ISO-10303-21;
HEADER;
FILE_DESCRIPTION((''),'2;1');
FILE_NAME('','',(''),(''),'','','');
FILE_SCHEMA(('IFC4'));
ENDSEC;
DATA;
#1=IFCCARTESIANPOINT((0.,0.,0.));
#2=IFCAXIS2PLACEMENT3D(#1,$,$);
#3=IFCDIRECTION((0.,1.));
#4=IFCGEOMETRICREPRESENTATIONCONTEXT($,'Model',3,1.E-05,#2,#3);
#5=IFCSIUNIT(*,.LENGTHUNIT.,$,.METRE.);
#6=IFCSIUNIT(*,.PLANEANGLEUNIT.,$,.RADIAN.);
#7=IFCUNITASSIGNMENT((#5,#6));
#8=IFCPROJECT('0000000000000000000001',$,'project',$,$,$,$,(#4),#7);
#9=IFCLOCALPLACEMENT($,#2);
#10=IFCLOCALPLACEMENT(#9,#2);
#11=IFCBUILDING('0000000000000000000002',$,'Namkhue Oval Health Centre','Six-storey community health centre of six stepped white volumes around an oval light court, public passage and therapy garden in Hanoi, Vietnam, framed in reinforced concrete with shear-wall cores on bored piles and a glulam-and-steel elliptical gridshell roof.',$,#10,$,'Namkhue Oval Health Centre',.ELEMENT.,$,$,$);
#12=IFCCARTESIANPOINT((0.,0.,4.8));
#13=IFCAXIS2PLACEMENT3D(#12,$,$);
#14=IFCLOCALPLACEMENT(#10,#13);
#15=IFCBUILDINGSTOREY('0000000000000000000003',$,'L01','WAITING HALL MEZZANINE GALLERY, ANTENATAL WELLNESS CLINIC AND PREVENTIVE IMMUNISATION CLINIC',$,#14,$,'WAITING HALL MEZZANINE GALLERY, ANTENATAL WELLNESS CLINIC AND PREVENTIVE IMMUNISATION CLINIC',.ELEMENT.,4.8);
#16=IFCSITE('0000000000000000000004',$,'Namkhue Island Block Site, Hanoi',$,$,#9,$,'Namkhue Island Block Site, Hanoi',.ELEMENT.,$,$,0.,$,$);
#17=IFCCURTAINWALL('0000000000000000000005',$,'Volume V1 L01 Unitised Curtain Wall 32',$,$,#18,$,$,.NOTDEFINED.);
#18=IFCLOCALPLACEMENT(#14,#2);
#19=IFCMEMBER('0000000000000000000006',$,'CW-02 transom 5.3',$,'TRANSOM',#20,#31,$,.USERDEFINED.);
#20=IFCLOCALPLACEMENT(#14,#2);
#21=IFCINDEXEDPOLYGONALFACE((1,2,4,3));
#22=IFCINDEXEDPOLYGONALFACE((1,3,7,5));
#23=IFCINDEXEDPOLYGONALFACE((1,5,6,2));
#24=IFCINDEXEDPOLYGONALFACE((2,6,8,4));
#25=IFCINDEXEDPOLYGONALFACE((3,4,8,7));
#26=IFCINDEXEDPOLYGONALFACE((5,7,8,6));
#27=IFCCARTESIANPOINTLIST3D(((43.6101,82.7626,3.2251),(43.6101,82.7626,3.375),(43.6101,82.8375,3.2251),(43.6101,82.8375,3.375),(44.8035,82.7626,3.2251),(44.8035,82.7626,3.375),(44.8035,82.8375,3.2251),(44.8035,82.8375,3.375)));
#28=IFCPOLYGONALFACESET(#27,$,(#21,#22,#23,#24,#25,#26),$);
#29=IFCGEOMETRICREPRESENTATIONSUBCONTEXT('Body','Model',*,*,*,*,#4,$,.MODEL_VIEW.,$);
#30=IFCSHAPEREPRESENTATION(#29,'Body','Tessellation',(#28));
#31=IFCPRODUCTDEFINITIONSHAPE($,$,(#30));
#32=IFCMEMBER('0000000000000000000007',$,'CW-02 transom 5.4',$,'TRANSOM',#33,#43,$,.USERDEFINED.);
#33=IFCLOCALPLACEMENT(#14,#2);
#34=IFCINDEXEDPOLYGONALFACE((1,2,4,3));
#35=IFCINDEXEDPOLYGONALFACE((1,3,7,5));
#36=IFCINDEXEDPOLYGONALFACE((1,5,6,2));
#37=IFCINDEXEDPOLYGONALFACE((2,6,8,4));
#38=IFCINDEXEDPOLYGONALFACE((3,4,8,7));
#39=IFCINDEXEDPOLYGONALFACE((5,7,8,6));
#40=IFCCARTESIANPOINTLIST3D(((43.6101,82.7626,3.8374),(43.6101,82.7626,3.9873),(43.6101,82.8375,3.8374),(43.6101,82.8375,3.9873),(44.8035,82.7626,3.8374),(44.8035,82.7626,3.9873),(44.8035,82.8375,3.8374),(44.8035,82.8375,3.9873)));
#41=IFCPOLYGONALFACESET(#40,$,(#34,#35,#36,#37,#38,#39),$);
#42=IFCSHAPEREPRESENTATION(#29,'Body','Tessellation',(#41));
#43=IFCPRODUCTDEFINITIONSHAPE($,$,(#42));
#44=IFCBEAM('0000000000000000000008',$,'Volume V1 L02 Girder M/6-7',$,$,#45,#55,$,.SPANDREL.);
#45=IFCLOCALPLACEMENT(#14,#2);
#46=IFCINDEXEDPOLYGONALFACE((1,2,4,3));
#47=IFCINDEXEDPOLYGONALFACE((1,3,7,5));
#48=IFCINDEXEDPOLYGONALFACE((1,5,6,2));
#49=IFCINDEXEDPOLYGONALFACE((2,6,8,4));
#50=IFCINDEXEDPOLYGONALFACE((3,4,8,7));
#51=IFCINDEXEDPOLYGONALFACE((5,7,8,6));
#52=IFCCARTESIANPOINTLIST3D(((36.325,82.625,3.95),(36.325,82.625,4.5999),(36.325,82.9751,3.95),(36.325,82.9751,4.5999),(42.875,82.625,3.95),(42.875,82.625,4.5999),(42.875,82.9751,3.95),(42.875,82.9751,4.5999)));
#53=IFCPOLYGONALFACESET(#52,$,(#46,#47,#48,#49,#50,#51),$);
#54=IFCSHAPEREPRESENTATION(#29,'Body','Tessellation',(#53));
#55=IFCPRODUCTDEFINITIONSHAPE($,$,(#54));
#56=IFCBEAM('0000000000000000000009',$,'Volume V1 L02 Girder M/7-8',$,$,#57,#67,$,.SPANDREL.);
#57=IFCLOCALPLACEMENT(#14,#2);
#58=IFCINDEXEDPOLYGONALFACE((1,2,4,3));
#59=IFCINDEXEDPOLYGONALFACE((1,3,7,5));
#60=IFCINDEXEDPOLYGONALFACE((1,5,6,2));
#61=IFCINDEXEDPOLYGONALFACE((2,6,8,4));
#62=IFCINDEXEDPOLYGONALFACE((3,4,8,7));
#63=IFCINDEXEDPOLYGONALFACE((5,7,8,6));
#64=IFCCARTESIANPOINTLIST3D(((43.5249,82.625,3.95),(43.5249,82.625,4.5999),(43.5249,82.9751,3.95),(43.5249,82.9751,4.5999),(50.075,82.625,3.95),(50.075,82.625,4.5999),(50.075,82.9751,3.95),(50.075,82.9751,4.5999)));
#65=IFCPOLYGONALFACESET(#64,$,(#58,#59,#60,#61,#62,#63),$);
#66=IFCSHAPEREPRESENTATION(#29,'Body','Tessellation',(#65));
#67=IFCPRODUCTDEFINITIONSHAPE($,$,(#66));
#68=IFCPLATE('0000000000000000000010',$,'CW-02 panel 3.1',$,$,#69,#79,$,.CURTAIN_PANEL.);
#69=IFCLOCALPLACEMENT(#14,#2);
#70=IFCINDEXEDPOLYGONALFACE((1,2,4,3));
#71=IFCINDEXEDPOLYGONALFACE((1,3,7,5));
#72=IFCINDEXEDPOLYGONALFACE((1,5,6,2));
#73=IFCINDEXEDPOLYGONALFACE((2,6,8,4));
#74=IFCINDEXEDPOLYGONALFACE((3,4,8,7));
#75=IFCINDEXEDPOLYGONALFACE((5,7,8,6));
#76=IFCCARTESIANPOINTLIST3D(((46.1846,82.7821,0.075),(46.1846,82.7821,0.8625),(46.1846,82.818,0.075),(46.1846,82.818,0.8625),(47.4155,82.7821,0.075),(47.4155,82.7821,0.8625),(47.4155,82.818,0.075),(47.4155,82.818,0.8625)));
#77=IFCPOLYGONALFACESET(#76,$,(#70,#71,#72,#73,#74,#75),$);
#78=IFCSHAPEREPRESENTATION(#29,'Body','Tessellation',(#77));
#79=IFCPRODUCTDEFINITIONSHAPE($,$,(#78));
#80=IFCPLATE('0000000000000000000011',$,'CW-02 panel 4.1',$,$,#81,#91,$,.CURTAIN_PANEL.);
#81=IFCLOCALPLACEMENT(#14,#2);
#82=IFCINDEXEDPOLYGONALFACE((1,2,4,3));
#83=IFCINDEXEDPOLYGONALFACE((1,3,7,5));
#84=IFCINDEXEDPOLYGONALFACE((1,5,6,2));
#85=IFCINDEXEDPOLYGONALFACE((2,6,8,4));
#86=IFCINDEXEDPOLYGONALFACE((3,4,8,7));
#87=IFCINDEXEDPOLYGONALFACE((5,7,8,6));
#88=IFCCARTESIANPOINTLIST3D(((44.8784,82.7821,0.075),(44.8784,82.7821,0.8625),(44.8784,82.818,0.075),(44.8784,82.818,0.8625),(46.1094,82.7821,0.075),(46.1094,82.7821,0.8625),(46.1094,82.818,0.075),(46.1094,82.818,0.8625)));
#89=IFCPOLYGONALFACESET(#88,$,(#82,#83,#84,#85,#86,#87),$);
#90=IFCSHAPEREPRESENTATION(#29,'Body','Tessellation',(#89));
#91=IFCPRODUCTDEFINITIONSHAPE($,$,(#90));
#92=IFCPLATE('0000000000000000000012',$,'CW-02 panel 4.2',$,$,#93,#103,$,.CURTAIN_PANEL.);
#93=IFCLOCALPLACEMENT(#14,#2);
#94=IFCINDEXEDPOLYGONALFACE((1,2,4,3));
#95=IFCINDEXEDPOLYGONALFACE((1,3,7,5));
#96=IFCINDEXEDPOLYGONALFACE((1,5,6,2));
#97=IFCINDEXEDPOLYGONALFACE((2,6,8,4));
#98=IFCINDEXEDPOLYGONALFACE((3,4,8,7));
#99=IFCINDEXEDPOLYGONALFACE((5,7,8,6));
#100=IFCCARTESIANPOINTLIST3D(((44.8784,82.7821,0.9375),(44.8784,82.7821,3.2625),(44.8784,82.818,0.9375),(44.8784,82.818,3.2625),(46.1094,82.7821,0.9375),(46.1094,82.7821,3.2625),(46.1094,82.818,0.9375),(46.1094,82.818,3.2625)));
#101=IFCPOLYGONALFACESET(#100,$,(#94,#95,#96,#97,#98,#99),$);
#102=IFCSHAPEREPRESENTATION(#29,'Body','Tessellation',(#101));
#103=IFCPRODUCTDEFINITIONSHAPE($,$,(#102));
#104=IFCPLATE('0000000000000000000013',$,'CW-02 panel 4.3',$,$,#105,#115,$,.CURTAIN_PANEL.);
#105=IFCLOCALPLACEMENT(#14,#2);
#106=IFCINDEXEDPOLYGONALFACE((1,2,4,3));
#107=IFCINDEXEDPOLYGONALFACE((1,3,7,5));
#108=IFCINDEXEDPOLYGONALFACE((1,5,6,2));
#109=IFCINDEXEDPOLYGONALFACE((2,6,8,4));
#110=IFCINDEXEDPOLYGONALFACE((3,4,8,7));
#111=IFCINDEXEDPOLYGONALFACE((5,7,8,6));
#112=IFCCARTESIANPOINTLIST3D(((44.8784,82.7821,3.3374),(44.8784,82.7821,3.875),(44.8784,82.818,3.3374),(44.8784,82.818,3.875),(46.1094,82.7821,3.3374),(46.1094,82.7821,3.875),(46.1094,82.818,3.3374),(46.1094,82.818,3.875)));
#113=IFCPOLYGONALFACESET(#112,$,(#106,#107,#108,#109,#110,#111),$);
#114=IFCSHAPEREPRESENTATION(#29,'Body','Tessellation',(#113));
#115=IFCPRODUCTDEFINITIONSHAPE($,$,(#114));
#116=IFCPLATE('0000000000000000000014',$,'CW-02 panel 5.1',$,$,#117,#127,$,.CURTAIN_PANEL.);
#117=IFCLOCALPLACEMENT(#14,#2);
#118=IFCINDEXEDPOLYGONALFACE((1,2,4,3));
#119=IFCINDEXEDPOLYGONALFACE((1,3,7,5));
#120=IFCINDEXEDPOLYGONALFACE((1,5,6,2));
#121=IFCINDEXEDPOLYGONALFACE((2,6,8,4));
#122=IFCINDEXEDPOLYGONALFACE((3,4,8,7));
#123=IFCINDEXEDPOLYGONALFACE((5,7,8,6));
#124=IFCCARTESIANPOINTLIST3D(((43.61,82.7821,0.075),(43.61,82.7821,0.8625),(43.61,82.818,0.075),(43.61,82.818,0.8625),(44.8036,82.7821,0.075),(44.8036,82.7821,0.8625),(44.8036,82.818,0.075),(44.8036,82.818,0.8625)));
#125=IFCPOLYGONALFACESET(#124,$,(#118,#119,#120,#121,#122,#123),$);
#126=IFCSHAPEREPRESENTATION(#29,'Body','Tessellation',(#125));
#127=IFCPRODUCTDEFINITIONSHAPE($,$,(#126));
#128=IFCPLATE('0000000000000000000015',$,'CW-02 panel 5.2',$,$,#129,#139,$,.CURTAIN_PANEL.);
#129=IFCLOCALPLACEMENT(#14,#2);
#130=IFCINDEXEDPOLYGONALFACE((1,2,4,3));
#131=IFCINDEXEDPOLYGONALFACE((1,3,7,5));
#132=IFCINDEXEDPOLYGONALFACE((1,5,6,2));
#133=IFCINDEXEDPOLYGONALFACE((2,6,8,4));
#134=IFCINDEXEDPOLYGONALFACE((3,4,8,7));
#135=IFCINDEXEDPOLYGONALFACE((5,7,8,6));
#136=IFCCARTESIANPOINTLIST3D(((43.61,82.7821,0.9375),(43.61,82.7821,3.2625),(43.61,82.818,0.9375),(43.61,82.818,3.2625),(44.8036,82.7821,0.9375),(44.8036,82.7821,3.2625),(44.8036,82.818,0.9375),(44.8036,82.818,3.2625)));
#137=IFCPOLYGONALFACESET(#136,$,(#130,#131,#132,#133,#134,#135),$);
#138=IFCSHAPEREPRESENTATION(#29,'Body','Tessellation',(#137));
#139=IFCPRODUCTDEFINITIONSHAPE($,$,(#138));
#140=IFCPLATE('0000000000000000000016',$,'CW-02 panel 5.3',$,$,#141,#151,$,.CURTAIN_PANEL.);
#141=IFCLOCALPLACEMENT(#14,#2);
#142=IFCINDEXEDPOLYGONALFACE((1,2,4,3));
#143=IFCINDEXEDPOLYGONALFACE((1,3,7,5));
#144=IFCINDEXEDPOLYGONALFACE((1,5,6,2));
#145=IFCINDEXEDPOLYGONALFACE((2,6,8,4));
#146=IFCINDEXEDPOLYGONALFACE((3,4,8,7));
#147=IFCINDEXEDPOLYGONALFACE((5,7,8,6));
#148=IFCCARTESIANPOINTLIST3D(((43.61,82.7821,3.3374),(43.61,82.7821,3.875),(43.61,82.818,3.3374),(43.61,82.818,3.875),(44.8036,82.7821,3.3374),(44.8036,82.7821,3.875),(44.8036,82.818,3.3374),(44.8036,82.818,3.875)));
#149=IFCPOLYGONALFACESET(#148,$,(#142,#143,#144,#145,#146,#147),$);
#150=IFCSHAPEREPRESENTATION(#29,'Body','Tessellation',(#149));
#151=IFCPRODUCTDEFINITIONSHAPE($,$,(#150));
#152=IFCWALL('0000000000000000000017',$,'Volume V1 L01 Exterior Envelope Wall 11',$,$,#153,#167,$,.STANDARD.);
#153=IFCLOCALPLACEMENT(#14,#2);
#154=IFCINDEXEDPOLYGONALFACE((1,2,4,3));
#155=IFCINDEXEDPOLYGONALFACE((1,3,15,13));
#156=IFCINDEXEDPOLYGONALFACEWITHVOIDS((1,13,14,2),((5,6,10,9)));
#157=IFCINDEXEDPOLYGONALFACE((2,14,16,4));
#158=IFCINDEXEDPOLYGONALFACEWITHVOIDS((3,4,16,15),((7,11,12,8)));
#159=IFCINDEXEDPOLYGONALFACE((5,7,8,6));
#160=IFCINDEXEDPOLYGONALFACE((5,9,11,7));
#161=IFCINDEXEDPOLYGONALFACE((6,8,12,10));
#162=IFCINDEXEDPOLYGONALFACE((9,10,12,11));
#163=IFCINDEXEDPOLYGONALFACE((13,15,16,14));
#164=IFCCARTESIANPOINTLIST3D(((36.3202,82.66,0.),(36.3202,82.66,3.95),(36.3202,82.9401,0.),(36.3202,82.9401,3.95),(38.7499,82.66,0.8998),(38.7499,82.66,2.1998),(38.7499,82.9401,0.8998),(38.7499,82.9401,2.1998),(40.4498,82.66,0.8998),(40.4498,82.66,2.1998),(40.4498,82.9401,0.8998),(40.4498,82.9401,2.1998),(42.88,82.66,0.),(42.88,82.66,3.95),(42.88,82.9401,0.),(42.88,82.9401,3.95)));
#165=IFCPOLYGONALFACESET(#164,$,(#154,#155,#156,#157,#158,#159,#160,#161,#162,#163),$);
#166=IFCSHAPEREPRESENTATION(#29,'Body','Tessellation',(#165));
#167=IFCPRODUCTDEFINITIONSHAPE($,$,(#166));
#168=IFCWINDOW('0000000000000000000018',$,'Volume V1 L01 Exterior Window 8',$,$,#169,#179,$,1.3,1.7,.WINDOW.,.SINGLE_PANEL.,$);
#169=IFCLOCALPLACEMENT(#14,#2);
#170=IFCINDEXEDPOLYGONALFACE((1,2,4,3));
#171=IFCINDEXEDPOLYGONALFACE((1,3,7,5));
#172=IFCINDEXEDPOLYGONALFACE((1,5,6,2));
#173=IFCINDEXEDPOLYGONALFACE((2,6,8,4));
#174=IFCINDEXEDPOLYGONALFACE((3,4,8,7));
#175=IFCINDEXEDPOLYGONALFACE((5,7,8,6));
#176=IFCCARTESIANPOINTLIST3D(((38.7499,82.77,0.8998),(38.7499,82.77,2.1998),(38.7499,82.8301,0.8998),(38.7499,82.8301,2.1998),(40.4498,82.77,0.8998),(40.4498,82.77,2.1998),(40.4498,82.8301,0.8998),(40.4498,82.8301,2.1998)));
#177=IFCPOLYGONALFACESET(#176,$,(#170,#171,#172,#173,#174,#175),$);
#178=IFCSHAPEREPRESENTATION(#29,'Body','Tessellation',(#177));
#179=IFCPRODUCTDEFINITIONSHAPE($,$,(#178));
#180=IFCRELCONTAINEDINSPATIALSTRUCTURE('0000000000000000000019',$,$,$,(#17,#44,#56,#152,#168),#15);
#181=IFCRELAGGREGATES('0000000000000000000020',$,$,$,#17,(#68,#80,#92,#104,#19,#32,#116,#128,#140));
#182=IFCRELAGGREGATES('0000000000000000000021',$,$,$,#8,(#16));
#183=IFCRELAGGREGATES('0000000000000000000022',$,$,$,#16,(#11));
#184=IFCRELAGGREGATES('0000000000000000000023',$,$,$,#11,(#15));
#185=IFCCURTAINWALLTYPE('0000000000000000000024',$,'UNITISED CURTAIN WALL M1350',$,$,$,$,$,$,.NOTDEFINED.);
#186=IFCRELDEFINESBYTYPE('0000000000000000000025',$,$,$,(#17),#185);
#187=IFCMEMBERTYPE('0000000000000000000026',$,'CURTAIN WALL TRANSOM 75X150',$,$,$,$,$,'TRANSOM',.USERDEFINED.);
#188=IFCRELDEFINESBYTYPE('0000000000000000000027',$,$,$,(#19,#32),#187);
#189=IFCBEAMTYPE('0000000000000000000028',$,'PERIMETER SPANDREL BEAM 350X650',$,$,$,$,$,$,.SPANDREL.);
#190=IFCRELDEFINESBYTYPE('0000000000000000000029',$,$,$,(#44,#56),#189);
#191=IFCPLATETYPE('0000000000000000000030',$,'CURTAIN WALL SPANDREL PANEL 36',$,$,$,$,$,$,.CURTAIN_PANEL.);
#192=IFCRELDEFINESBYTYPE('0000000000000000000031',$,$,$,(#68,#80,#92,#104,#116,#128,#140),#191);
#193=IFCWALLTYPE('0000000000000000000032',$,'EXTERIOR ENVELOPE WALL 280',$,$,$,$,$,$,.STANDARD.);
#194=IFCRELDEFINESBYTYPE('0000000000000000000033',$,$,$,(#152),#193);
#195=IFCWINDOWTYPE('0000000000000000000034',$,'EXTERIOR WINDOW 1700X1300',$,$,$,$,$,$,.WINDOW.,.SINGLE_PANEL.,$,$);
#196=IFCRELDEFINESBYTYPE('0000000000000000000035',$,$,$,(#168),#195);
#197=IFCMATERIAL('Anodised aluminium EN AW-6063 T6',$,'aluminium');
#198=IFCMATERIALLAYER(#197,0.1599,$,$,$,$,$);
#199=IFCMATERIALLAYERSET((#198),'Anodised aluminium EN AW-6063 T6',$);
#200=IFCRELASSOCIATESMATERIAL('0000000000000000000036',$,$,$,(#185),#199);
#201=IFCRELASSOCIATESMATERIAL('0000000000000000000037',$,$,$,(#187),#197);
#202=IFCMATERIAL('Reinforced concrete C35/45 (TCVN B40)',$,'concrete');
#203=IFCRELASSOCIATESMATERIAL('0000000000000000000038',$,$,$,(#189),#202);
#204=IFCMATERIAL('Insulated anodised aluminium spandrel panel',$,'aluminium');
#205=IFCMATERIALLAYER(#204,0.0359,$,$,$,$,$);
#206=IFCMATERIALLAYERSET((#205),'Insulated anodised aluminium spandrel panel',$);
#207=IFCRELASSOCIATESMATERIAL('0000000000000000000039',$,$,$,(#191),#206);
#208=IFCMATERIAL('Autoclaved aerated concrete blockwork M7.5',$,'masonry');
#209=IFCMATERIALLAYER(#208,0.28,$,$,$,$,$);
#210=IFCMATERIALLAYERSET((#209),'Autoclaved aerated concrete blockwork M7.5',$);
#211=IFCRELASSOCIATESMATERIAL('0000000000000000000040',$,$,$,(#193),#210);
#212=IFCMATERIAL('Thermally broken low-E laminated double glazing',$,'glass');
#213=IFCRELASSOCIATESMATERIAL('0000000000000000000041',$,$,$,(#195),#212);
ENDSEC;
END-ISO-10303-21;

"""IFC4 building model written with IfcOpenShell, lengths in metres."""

from ifc_helpers import new_model, si_unit, direction, frame, frame_2d, origin, origin_2d, place, context, subcontext, project, spatial, rectangle, extrude, material, layer, layer_set, material_profile, profile_set, type_object, element, fill, aggregate, save


model = new_model("IFC4")

# Units and contexts
model_context = context("Model", 3, precision=1e-05, world=origin(), true_north=direction((0.0, 1.0)))
body_context = subcontext(model_context, "Body", "Model", "MODEL_VIEW")
ifc_project = project(units=[si_unit("LENGTHUNIT", "METRE"), si_unit("PLANEANGLEUNIT", "RADIAN")], contexts=[model_context])

# Site, building, storey
site_placement = place(None, origin())
site = spatial("IfcSite", under=ifc_project, at=site_placement, Name="Namkhue Island Block Site, Hanoi", LongName="Namkhue Island Block Site, Hanoi", CompositionType="ELEMENT", RefElevation=0.0)
building_placement = place(site_placement, origin())
building = spatial("IfcBuilding", under=site, at=building_placement, Name="Namkhue Oval Health Centre", Description="Six-storey community health centre of six stepped white volumes around an oval light court, public passage and therapy garden in Hanoi, Vietnam, framed in reinforced concrete with shear-wall cores on bored piles and a glulam-and-steel elliptical gridshell roof.", LongName="Namkhue Oval Health Centre", CompositionType="ELEMENT")
storey_placement = place(building_placement, frame((0.0, 0.0, 4.8)))
storey = spatial("IfcBuildingStorey", under=building, at=storey_placement, Name="L01", Description="WAITING HALL MEZZANINE GALLERY, ANTENATAL WELLNESS CLINIC AND PREVENTIVE IMMUNISATION CLINIC", LongName="WAITING HALL MEZZANINE GALLERY, ANTENATAL WELLNESS CLINIC AND PREVENTIVE IMMUNISATION CLINIC", CompositionType="ELEMENT", Elevation=4.8)

# Shared definitions
ifc_material_1 = material(Name="Reinforced concrete C35/45 (TCVN B40)", Category="concrete")

# Curtain wall, members
ifc_material_2 = material(Name="Anodised aluminium EN AW-6063 T6", Category="aluminium")
ifc_layer_1 = layer(ifc_material_2, 0.1599)
ifc_layer_set_1 = layer_set([ifc_layer_1], Name="Anodised aluminium EN AW-6063 T6")
curtain_wall_type = type_object("IfcCurtainWallType", Name="UNITISED CURTAIN WALL M1350", PredefinedType="NOTDEFINED", material=ifc_layer_set_1)
curtain_wall_placement = place(storey_placement, origin())
curtain_wall = element("IfcCurtainWall", 1, at=curtain_wall_placement, inside=storey, type_object=curtain_wall_type, Name="Volume V1 L01 Unitised Curtain Wall 32", PredefinedType="NOTDEFINED")
ifc_material_profile_1 = material_profile(ifc_material_2, rectangle(XDim=0.075, YDim=0.1499, at=origin_2d()), Name="ALU 75x150")
ifc_profile_set_1 = profile_set([ifc_material_profile_1], Name="Anodised aluminium EN AW-6063 T6")
member_type_1 = type_object("IfcMemberType", Name="CURTAIN WALL TRANSOM 75X150", ElementType="TRANSOM", PredefinedType="USERDEFINED", material=ifc_profile_set_1)
member_1_placement = place(storey_placement, frame((44.8035, 82.8, 3.3), z_axis=(-1.0, 0.0, 0.0), x_axis=(0.0, -1.0, 0.0)))
member_1 = element("IfcMember", 2, at=member_1_placement, type_object=member_type_1, Name="CW-02 transom 5.3", ObjectType="TRANSOM", PredefinedType="USERDEFINED", context=body_context, shape_type="SweptSolid", body=[
    extrude(rectangle(XDim=0.075, YDim=0.1499, at=origin_2d()), origin(), (0.0, 0.0, 1.0), 1.1934),
])
member_2_placement = place(storey_placement, frame((44.8035, 82.8, 3.9124), z_axis=(-1.0, 0.0, 0.0), x_axis=(0.0, -1.0, 0.0)))
member_2 = element("IfcMember", 3, at=member_2_placement, type_object=member_type_1, Name="CW-02 transom 5.4", ObjectType="TRANSOM", PredefinedType="USERDEFINED", context=body_context, shape_type="SweptSolid", body=[
    extrude(rectangle(XDim=0.075, YDim=0.1499, at=origin_2d()), origin(), (0.0, 0.0, 1.0), 1.1934),
])

# Beams
ifc_material_profile_2 = material_profile(ifc_material_1, rectangle(XDim=0.3501, YDim=0.6499, at=origin_2d()), Name="RC 350x650")
ifc_profile_set_2 = profile_set([ifc_material_profile_2], Name="Reinforced concrete C35/45 (TCVN B40)")
beam_type = type_object("IfcBeamType", Name="PERIMETER SPANDREL BEAM 350X650", PredefinedType="SPANDREL", material=ifc_profile_set_2)
for number, where, z_axis, x_axis, name in (
    (4, (36.325, 82.8, 4.2749), (1.0, 0.0, 0.0), (0.0, 1.0, 0.0), "Volume V1 L02 Girder M/6-7"),
    (5, (43.5249, 82.8, 4.2749), (1.0, 0.0, 0.0), (0.0, 1.0, 0.0), "Volume V1 L02 Girder M/7-8"),
):
    element("IfcBeam", number, at=place(storey_placement, frame(where, z_axis=z_axis, x_axis=x_axis)), inside=storey, type_object=beam_type, Name=name, PredefinedType="SPANDREL", context=body_context, shape_type="SweptSolid", body=[
        extrude(rectangle(XDim=0.3501, YDim=0.6499, at=origin_2d()), origin(), (0.0, 0.0, 1.0), 6.55),
    ])

# Plates
ifc_material_3 = material(Name="Insulated anodised aluminium spandrel panel", Category="aluminium")
ifc_layer_2 = layer(ifc_material_3, 0.0359)
ifc_layer_set_2 = layer_set([ifc_layer_2], Name="Insulated anodised aluminium spandrel panel")
plate_type = type_object("IfcPlateType", Name="CURTAIN WALL SPANDREL PANEL 36", PredefinedType="CURTAIN_PANEL", material=ifc_layer_set_2)
plate_1_placement = place(storey_placement, frame((46.8, 82.8, 0.075), z_axis=(0.0, 0.0, 1.0), x_axis=(-1.0, 0.0, 0.0)))
plate_1 = element("IfcPlate", 6, at=plate_1_placement, type_object=plate_type, Name="CW-02 panel 3.1", PredefinedType="CURTAIN_PANEL", context=body_context, shape_type="SweptSolid", body=[
    extrude(rectangle(XDim=1.231, YDim=0.0359, at=origin_2d()), origin(), (0.0, 0.0, 1.0), 0.7876),
])
plate_2_placement = place(storey_placement, frame((45.4939, 82.8, 0.075), z_axis=(0.0, 0.0, 1.0), x_axis=(-1.0, 0.0, 0.0)))
plate_2 = element("IfcPlate", 7, at=plate_2_placement, type_object=plate_type, Name="CW-02 panel 4.1", PredefinedType="CURTAIN_PANEL", context=body_context, shape_type="SweptSolid", body=[
    extrude(rectangle(XDim=1.231, YDim=0.0359, at=origin_2d()), origin(), (0.0, 0.0, 1.0), 0.7876),
])
plate_3_placement = place(storey_placement, frame((45.4939, 82.8, 0.9375), z_axis=(0.0, 0.0, 1.0), x_axis=(-1.0, 0.0, 0.0)))
plate_3 = element("IfcPlate", 8, at=plate_3_placement, type_object=plate_type, Name="CW-02 panel 4.2", PredefinedType="CURTAIN_PANEL", context=body_context, shape_type="SweptSolid", body=[
    extrude(rectangle(XDim=1.231, YDim=0.0359, at=origin_2d()), origin(), (0.0, 0.0, 1.0), 2.325),
])
plate_4_placement = place(storey_placement, frame((45.4939, 82.8, 3.3374), z_axis=(0.0, 0.0, 1.0), x_axis=(-1.0, 0.0, 0.0)))
plate_4 = element("IfcPlate", 9, at=plate_4_placement, type_object=plate_type, Name="CW-02 panel 4.3", PredefinedType="CURTAIN_PANEL", context=body_context, shape_type="SweptSolid", body=[
    extrude(rectangle(XDim=1.231, YDim=0.0359, at=origin_2d()), origin(), (0.0, 0.0, 1.0), 0.5376),
])
plate_5_placement = place(storey_placement, frame((44.2068, 82.8, 0.075), z_axis=(0.0, 0.0, 1.0), x_axis=(-1.0, 0.0, 0.0)))
plate_5 = element("IfcPlate", 10, at=plate_5_placement, type_object=plate_type, Name="CW-02 panel 5.1", PredefinedType="CURTAIN_PANEL", context=body_context, shape_type="SweptSolid", body=[
    extrude(rectangle(XDim=1.1936, YDim=0.0359, at=origin_2d()), origin(), (0.0, 0.0, 1.0), 0.7876),
])
plate_6_placement = place(storey_placement, frame((44.2068, 82.8, 0.9375), z_axis=(0.0, 0.0, 1.0), x_axis=(-1.0, 0.0, 0.0)))
plate_6 = element("IfcPlate", 11, at=plate_6_placement, type_object=plate_type, Name="CW-02 panel 5.2", PredefinedType="CURTAIN_PANEL", context=body_context, shape_type="SweptSolid", body=[
    extrude(rectangle(XDim=1.1936, YDim=0.0359, at=origin_2d()), origin(), (0.0, 0.0, 1.0), 2.325),
])
plate_7_placement = place(storey_placement, frame((44.2068, 82.8, 3.3374), z_axis=(0.0, 0.0, 1.0), x_axis=(-1.0, 0.0, 0.0)))
plate_7 = element("IfcPlate", 12, at=plate_7_placement, type_object=plate_type, Name="CW-02 panel 5.3", PredefinedType="CURTAIN_PANEL", context=body_context, shape_type="SweptSolid", body=[
    extrude(rectangle(XDim=1.1936, YDim=0.0359, at=origin_2d()), origin(), (0.0, 0.0, 1.0), 0.5376),
])
aggregate(curtain_wall, [plate_1, plate_2, plate_3, plate_4, member_1, member_2, plate_5, plate_6, plate_7])

# Wall, opening, window
ifc_material_4 = material(Name="Autoclaved aerated concrete blockwork M7.5", Category="masonry")
ifc_layer_3 = layer(ifc_material_4, 0.28)
ifc_layer_set_3 = layer_set([ifc_layer_3], Name="Autoclaved aerated concrete blockwork M7.5")
wall_type = type_object("IfcWallType", Name="EXTERIOR ENVELOPE WALL 280", PredefinedType="STANDARD", material=ifc_layer_set_3)
wall_placement = place(storey_placement, frame((42.8799, 82.8, 0.0), z_axis=(0.0, 0.0, 1.0), x_axis=(-1.0, 0.0, 0.0)))
wall = element("IfcWall", 13, at=wall_placement, inside=storey, type_object=wall_type, Name="Volume V1 L01 Exterior Envelope Wall 11", PredefinedType="STANDARD", context=body_context, shape_type="SweptSolid", body=[
    extrude(rectangle(XDim=6.5598, YDim=0.28, at=frame_2d((3.2798, 0.0))), origin(), (0.0, 0.0, 1.0), 3.95),
])
opening_placement = place(wall_placement, frame((2.4299, 0.0, 0.8999)))
opening = element("IfcOpeningElement", 14, at=opening_placement, cuts=wall, PredefinedType="OPENING", context=body_context, shape_type="SweptSolid", body=[
    extrude(rectangle(XDim=1.7, YDim=1.3, at=frame_2d((0.8501, 0.6499))), frame((0.0, 0.1499, 0.0), z_axis=(0.0, -1.0, 0.0), x_axis=(1.0, 0.0, 0.0)), (0.0, 0.0, 1.0), 0.3),
])
ifc_material_5 = material(Name="Thermally broken low-E laminated double glazing", Category="glass")
window_type = type_object("IfcWindowType", Name="EXTERIOR WINDOW 1700X1300", PartitioningType="SINGLE_PANEL", PredefinedType="WINDOW", material=ifc_material_5)
window_placement = place(opening_placement, origin())
window = element("IfcWindow", 15, at=window_placement, inside=storey, type_object=window_type, Name="Volume V1 L01 Exterior Window 8", OverallHeight=1.3, OverallWidth=1.7, PartitioningType="SINGLE_PANEL", PredefinedType="WINDOW", context=body_context, shape_type="SweptSolid", body=[
    extrude(rectangle(XDim=1.7, YDim=1.3, at=frame_2d((0.8501, 0.6499))), frame((0.0, 0.03, 0.0), z_axis=(0.0, -1.0, 0.0), x_axis=(1.0, 0.0, 0.0)), (0.0, 0.0, 1.0), 0.0601),
])
fill(opening, window)

save(model, "model.ifc")
